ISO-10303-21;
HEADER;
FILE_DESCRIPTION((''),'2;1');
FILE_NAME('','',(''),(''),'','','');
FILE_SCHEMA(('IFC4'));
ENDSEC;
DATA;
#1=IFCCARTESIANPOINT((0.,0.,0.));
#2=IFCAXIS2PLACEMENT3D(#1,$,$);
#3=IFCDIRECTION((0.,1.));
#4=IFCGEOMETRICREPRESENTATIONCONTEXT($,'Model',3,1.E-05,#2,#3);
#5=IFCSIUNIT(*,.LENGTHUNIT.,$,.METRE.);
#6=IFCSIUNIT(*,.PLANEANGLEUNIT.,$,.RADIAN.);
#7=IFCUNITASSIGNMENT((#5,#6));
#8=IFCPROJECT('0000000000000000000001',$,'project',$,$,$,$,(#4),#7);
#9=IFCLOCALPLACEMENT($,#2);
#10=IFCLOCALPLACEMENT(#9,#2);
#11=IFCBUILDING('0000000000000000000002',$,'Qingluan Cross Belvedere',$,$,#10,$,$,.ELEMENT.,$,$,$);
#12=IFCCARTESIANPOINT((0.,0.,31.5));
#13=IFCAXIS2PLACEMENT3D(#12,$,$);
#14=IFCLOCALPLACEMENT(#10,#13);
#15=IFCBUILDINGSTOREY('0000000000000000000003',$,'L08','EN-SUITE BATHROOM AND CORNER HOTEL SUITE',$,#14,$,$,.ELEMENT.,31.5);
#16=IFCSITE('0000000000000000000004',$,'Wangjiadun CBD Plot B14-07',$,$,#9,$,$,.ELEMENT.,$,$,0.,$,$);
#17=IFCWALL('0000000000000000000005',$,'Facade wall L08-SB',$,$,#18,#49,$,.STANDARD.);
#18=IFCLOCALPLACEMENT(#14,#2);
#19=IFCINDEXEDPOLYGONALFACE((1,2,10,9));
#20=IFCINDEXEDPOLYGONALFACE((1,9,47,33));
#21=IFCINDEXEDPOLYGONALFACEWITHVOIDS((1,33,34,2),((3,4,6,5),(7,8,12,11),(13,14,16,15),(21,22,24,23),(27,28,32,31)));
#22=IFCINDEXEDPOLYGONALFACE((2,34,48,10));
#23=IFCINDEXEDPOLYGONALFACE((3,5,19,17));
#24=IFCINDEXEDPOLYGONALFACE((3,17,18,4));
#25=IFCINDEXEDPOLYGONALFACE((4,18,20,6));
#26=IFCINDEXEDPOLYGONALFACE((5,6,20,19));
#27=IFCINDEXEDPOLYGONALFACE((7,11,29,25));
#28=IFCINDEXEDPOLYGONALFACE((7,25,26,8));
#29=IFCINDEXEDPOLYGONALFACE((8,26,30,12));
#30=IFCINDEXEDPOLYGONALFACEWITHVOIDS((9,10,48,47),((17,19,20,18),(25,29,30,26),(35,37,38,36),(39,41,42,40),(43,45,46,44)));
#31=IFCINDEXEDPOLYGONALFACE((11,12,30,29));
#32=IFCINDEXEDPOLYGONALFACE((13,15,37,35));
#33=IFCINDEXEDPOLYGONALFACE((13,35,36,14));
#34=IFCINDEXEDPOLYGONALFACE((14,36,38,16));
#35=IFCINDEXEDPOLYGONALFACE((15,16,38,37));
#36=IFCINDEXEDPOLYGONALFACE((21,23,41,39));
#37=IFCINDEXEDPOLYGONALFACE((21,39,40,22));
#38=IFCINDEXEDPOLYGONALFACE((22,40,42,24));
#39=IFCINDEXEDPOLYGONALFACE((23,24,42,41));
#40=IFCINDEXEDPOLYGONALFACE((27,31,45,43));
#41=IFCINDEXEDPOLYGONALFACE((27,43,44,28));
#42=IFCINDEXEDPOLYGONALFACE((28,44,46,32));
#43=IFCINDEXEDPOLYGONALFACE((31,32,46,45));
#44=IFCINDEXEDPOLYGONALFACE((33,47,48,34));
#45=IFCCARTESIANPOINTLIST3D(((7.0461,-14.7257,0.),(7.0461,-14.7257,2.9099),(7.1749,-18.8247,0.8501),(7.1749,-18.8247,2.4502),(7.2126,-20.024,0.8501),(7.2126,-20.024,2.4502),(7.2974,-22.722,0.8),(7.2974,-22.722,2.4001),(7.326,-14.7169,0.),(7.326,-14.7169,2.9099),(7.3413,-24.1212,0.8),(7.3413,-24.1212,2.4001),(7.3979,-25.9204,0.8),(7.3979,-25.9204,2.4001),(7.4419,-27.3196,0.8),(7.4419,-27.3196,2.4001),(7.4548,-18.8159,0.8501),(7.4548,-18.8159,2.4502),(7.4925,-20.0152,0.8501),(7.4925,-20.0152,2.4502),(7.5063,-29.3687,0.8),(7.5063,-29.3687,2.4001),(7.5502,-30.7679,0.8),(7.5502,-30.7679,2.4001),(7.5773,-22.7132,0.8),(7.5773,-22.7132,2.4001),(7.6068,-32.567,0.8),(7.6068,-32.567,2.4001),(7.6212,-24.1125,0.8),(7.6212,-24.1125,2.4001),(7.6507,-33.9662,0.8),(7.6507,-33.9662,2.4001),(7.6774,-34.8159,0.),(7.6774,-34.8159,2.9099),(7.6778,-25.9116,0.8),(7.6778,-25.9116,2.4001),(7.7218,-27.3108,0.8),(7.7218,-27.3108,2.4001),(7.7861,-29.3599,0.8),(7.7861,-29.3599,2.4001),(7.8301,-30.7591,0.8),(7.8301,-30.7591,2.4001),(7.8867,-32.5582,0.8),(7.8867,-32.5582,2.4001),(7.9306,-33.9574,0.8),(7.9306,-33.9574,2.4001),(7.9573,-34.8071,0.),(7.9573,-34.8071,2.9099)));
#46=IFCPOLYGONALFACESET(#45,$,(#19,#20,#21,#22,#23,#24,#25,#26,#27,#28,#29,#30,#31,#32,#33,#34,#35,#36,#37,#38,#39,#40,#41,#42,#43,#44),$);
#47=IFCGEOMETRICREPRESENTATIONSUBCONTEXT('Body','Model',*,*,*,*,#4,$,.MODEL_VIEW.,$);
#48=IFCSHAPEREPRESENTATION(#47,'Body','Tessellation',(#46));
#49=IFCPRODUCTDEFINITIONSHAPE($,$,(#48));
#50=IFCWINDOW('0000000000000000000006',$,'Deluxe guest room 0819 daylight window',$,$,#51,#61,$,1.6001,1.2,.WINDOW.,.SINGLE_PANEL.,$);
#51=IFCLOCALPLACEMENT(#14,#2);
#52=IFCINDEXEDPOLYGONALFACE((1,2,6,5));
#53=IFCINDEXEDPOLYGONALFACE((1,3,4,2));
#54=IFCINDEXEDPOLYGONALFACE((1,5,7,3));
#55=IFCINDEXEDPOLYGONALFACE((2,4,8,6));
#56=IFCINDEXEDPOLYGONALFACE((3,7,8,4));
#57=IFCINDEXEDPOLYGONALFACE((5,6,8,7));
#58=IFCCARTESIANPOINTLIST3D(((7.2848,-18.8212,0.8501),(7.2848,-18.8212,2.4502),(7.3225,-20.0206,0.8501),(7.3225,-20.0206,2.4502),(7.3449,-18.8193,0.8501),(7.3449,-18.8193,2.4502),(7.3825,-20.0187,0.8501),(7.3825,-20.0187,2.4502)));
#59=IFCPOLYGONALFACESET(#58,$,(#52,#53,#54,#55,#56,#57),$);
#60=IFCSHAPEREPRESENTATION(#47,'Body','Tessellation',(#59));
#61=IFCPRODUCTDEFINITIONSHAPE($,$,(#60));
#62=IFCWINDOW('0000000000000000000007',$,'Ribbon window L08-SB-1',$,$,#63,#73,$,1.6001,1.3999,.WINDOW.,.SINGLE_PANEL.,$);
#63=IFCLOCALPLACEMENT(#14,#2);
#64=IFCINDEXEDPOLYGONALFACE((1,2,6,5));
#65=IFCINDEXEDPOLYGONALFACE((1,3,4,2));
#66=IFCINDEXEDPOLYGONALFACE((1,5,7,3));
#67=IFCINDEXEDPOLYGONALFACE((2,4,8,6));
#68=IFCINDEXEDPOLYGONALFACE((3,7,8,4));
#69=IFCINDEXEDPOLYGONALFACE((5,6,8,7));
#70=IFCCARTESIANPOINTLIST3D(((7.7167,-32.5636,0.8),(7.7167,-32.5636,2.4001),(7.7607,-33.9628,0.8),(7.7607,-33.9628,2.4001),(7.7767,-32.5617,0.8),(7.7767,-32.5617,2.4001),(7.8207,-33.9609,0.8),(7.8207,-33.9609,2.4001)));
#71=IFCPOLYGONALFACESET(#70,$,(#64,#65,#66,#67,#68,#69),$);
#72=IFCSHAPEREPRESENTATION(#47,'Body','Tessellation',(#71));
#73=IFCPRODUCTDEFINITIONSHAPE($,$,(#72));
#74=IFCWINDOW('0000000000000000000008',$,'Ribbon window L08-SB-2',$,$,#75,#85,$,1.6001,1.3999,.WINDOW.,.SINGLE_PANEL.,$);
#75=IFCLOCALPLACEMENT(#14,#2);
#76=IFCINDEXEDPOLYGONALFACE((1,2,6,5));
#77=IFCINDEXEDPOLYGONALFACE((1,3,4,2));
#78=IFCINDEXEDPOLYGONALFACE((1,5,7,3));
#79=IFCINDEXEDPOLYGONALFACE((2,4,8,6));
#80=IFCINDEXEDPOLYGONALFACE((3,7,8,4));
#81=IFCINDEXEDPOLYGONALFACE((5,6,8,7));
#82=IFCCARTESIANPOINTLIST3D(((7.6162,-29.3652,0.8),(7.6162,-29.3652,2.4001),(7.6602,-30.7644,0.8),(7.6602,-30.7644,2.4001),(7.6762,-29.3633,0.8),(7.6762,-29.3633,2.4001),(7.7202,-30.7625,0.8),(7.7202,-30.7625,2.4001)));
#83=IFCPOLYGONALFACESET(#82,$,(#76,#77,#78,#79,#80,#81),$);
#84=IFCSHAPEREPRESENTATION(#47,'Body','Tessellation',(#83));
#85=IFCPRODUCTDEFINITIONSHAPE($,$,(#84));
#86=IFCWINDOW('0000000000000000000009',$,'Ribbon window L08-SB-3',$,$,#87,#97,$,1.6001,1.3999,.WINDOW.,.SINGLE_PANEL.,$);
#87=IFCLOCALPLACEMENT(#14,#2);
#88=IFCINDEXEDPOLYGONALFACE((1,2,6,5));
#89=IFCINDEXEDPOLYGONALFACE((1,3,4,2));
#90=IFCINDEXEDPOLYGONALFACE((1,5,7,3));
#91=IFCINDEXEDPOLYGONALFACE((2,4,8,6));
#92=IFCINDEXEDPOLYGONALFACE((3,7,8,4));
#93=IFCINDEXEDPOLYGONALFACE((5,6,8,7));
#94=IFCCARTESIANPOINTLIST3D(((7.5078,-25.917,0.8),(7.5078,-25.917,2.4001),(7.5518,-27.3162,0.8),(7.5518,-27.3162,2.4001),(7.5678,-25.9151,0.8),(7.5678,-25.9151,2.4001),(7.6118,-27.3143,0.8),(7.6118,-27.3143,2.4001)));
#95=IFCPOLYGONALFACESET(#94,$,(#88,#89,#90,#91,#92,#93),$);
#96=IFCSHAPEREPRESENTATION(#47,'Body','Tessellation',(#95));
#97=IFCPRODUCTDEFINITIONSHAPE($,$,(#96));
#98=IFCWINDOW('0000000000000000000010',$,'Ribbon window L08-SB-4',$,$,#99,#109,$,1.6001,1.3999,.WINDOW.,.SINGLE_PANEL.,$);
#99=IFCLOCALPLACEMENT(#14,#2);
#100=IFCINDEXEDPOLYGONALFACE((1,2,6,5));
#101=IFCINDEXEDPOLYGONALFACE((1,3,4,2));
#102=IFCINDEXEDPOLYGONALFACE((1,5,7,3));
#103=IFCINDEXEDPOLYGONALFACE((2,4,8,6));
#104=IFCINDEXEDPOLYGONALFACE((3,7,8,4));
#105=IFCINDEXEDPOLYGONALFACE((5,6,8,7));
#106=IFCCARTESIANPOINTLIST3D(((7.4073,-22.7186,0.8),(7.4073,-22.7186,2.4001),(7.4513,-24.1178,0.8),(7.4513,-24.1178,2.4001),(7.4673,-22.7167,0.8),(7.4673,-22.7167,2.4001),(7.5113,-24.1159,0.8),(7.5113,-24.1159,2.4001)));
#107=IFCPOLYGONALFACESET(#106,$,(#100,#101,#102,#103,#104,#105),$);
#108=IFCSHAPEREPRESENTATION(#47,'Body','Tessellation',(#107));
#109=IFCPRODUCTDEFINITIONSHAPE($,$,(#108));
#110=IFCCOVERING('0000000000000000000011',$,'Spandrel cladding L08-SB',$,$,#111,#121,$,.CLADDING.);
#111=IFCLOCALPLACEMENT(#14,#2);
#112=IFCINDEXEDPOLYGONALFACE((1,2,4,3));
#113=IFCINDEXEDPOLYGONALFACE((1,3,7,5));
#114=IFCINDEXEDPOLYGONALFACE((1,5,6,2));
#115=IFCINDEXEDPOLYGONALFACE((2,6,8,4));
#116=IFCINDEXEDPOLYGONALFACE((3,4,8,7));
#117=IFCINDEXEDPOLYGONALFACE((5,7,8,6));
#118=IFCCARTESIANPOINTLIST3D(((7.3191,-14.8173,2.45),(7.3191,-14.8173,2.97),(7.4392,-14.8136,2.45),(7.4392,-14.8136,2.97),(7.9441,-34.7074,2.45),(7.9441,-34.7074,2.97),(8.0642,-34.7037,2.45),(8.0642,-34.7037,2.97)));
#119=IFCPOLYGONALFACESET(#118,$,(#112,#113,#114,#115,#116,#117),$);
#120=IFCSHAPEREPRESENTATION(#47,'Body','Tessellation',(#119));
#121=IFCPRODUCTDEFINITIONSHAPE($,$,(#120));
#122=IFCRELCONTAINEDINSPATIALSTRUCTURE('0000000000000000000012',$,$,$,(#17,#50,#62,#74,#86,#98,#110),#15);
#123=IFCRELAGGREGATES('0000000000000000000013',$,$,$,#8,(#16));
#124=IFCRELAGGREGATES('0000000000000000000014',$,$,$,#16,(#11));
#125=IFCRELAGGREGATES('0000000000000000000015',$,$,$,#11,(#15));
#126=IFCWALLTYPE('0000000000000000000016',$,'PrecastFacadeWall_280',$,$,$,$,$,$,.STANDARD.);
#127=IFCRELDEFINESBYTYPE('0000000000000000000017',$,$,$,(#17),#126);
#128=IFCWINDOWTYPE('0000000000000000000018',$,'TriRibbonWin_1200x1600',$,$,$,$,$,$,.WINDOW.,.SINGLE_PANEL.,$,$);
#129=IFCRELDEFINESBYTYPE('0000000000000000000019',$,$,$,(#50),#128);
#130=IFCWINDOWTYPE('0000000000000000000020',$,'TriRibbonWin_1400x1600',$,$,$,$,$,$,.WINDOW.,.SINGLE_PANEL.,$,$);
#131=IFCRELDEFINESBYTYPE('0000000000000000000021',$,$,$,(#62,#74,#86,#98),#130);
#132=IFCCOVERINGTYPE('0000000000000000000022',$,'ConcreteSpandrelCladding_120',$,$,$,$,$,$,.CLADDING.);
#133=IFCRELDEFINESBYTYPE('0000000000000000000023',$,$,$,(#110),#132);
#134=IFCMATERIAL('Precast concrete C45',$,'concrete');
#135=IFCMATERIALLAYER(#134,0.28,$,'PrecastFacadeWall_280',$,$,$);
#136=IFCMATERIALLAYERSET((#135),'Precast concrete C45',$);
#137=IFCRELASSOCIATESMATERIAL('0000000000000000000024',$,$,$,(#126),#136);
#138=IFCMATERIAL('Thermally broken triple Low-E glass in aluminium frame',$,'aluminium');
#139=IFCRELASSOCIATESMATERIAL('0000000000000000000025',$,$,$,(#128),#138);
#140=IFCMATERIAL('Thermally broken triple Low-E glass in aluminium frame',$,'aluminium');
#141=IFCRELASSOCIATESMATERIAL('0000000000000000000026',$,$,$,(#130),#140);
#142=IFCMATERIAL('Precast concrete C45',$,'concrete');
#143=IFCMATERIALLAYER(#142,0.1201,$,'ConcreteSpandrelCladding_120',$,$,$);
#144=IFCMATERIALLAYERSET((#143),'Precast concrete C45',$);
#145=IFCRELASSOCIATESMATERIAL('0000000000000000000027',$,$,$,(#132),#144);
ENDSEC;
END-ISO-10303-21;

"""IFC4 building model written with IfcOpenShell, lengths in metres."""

from ifc_helpers import new_model, si_unit, direction, frame, frame_2d, origin, origin_2d, place, context, subcontext, project, spatial, rectangle, extrude, material, layer, layer_set, type_object, element, fill, save


model = new_model("IFC4")

# Units and contexts
model_context = context("Model", 3, precision=1e-05, world=origin(), true_north=direction((0.0, 1.0)))
body_context = subcontext(model_context, "Body", "Model", "MODEL_VIEW")
ifc_project = project(units=[si_unit("LENGTHUNIT", "METRE"), si_unit("PLANEANGLEUNIT", "RADIAN")], contexts=[model_context])

# Site, building, storey
site_placement = place(None, origin())
site = spatial("IfcSite", under=ifc_project, at=site_placement, Name="Wangjiadun CBD Plot B14-07", CompositionType="ELEMENT", RefElevation=0.0)
building_placement = place(site_placement, origin())
building = spatial("IfcBuilding", under=site, at=building_placement, Name="Qingluan Cross Belvedere", CompositionType="ELEMENT")
storey_placement = place(building_placement, frame((0.0, 0.0, 31.5)))
storey = spatial("IfcBuildingStorey", under=building, at=storey_placement, Name="L08", Description="EN-SUITE BATHROOM AND CORNER HOTEL SUITE", CompositionType="ELEMENT", Elevation=31.5)

# Wall, openings, windows
ifc_material_1 = material(Name="Precast concrete C45", Category="concrete")
ifc_layer_1 = layer(ifc_material_1, 0.28, Name="PrecastFacadeWall_280")
ifc_layer_set_1 = layer_set([ifc_layer_1], Name="Precast concrete C45")
wall_type_1 = type_object("IfcWallType", Name="PrecastFacadeWall_280", PredefinedType="STANDARD", material=ifc_layer_set_1)
wall_1_placement = place(storey_placement, frame((7.8174, -34.8115, 0.0), z_axis=(0.0, 0.0, 1.0), x_axis=(-0.03141, 0.999507, 0.0)))
wall_1 = element("IfcWall", 1, at=wall_1_placement, inside=storey, type_object=wall_type_1, Name="Facade wall L08-SB", PredefinedType="STANDARD", context=body_context, shape_type="SweptSolid", body=[
    extrude(rectangle(XDim=20.1001, YDim=0.28, at=frame_2d((10.05, 0.0))), origin(), (0.0, 0.0, 1.0), 2.9099),
])
opening_1_placement = place(wall_1_placement, frame((0.8501, 0.0, 0.8)))
opening_1 = element("IfcOpeningElement", 2, at=opening_1_placement, cuts=wall_1, PredefinedType="OPENING", context=body_context, shape_type="SweptSolid", body=[
    extrude(rectangle(XDim=1.3999, YDim=1.6001, at=frame_2d((0.7, 0.8))), frame((0.0, 0.1499, 0.0), z_axis=(0.0, -1.0, 0.0), x_axis=(1.0, 0.0, 0.0)), (0.0, 0.0, 1.0), 0.3),
])
opening_2_placement = place(wall_1_placement, frame((4.05, 0.0, 0.8)))
opening_2 = element("IfcOpeningElement", 3, at=opening_2_placement, cuts=wall_1, PredefinedType="OPENING", context=body_context, shape_type="SweptSolid", body=[
    extrude(rectangle(XDim=1.3999, YDim=1.6001, at=frame_2d((0.7, 0.8))), frame((0.0, 0.1499, 0.0), z_axis=(0.0, -1.0, 0.0), x_axis=(1.0, 0.0, 0.0)), (0.0, 0.0, 1.0), 0.3),
])
opening_3_placement = place(wall_1_placement, frame((7.5, 0.0, 0.8)))
opening_3 = element("IfcOpeningElement", 4, at=opening_3_placement, cuts=wall_1, PredefinedType="OPENING", context=body_context, shape_type="SweptSolid", body=[
    extrude(rectangle(XDim=1.3999, YDim=1.6001, at=frame_2d((0.7, 0.8))), frame((0.0, 0.1499, 0.0), z_axis=(0.0, -1.0, 0.0), x_axis=(1.0, 0.0, 0.0)), (0.0, 0.0, 1.0), 0.3),
])
opening_4_placement = place(wall_1_placement, frame((10.7, 0.0, 0.8)))
opening_4 = element("IfcOpeningElement", 5, at=opening_4_placement, cuts=wall_1, PredefinedType="OPENING", context=body_context, shape_type="SweptSolid", body=[
    extrude(rectangle(XDim=1.3999, YDim=1.6001, at=frame_2d((0.7, 0.8))), frame((0.0, 0.1499, 0.0), z_axis=(0.0, -1.0, 0.0), x_axis=(1.0, 0.0, 0.0)), (0.0, 0.0, 1.0), 0.3),
])
opening_5_placement = place(wall_1_placement, frame((14.7991, 0.0, 0.8501)))
opening_5 = element("IfcOpeningElement", 6, at=opening_5_placement, cuts=wall_1, PredefinedType="OPENING", context=body_context, shape_type="SweptSolid", body=[
    extrude(rectangle(XDim=1.2, YDim=1.6001, at=frame_2d((0.6001, 0.8))), frame((0.0, 0.1499, 0.0), z_axis=(0.0, -1.0, 0.0), x_axis=(1.0, 0.0, 0.0)), (0.0, 0.0, 1.0), 0.3),
])
ifc_material_2 = material(Name="Thermally broken triple Low-E glass in aluminium frame", Category="aluminium")
window_type_1 = type_object("IfcWindowType", Name="TriRibbonWin_1200x1600", PartitioningType="SINGLE_PANEL", PredefinedType="WINDOW", material=ifc_material_2)
window_1_placement = place(opening_5_placement, origin())
window_1 = element("IfcWindow", 7, at=window_1_placement, inside=storey, type_object=window_type_1, Name="Deluxe guest room 0819 daylight window", OverallHeight=1.6001, OverallWidth=1.2, PartitioningType="SINGLE_PANEL", PredefinedType="WINDOW", context=body_context, shape_type="SweptSolid", body=[
    extrude(rectangle(XDim=1.2, YDim=1.6001, at=frame_2d((0.6001, 0.8))), frame((0.0, 0.03, 0.0), z_axis=(0.0, -1.0, 0.0), x_axis=(1.0, 0.0, 0.0)), (0.0, 0.0, 1.0), 0.0601),
])
fill(opening_5, window_1)
ifc_material_3 = material(Name="Thermally broken triple Low-E glass in aluminium frame", Category="aluminium")
window_type_2 = type_object("IfcWindowType", Name="TriRibbonWin_1400x1600", PartitioningType="SINGLE_PANEL", PredefinedType="WINDOW", material=ifc_material_3)
window_2_placement = place(opening_1_placement, origin())
window_2 = element("IfcWindow", 8, at=window_2_placement, inside=storey, type_object=window_type_2, Name="Ribbon window L08-SB-1", OverallHeight=1.6001, OverallWidth=1.3999, PartitioningType="SINGLE_PANEL", PredefinedType="WINDOW", context=body_context, shape_type="SweptSolid", body=[
    extrude(rectangle(XDim=1.3999, YDim=1.6001, at=frame_2d((0.7, 0.8))), frame((0.0, 0.03, 0.0), z_axis=(0.0, -1.0, 0.0), x_axis=(1.0, 0.0, 0.0)), (0.0, 0.0, 1.0), 0.0601),
])
fill(opening_1, window_2)
window_3_placement = place(opening_2_placement, origin())
window_3 = element("IfcWindow", 9, at=window_3_placement, inside=storey, type_object=window_type_2, Name="Ribbon window L08-SB-2", OverallHeight=1.6001, OverallWidth=1.3999, PartitioningType="SINGLE_PANEL", PredefinedType="WINDOW", context=body_context, shape_type="SweptSolid", body=[
    extrude(rectangle(XDim=1.3999, YDim=1.6001, at=frame_2d((0.7, 0.8))), frame((0.0, 0.03, 0.0), z_axis=(0.0, -1.0, 0.0), x_axis=(1.0, 0.0, 0.0)), (0.0, 0.0, 1.0), 0.0601),
])
fill(opening_2, window_3)
window_4_placement = place(opening_3_placement, origin())
window_4 = element("IfcWindow", 10, at=window_4_placement, inside=storey, type_object=window_type_2, Name="Ribbon window L08-SB-3", OverallHeight=1.6001, OverallWidth=1.3999, PartitioningType="SINGLE_PANEL", PredefinedType="WINDOW", context=body_context, shape_type="SweptSolid", body=[
    extrude(rectangle(XDim=1.3999, YDim=1.6001, at=frame_2d((0.7, 0.8))), frame((0.0, 0.03, 0.0), z_axis=(0.0, -1.0, 0.0), x_axis=(1.0, 0.0, 0.0)), (0.0, 0.0, 1.0), 0.0601),
])
fill(opening_3, window_4)
window_5_placement = place(opening_4_placement, origin())
window_5 = element("IfcWindow", 11, at=window_5_placement, inside=storey, type_object=window_type_2, Name="Ribbon window L08-SB-4", OverallHeight=1.6001, OverallWidth=1.3999, PartitioningType="SINGLE_PANEL", PredefinedType="WINDOW", context=body_context, shape_type="SweptSolid", body=[
    extrude(rectangle(XDim=1.3999, YDim=1.6001, at=frame_2d((0.7, 0.8))), frame((0.0, 0.03, 0.0), z_axis=(0.0, -1.0, 0.0), x_axis=(1.0, 0.0, 0.0)), (0.0, 0.0, 1.0), 0.0601),
])
fill(opening_4, window_5)

# Covering
ifc_material_4 = material(Name="Precast concrete C45", Category="concrete")
ifc_layer_2 = layer(ifc_material_4, 0.1201, Name="ConcreteSpandrelCladding_120")
ifc_layer_set_2 = layer_set([ifc_layer_2], Name="Precast concrete C45")
covering_type = type_object("IfcCoveringType", Name="ConcreteSpandrelCladding_120", PredefinedType="CLADDING", material=ifc_layer_set_2)
covering_placement = place(storey_placement, frame((7.6917, -24.7605, 2.45), z_axis=(0.0, 0.0, 1.0), x_axis=(-0.031408, 0.999507, 0.0)))
element("IfcCovering", 12, at=covering_placement, inside=storey, type_object=covering_type, Name="Spandrel cladding L08-SB", PredefinedType="CLADDING", context=body_context, shape_type="SweptSolid", body=[
    extrude(rectangle(XDim=19.8999, YDim=0.1201, at=origin_2d()), origin(), (0.0, 0.0, 1.0), 0.52),
])

save(model, "model.ifc")
